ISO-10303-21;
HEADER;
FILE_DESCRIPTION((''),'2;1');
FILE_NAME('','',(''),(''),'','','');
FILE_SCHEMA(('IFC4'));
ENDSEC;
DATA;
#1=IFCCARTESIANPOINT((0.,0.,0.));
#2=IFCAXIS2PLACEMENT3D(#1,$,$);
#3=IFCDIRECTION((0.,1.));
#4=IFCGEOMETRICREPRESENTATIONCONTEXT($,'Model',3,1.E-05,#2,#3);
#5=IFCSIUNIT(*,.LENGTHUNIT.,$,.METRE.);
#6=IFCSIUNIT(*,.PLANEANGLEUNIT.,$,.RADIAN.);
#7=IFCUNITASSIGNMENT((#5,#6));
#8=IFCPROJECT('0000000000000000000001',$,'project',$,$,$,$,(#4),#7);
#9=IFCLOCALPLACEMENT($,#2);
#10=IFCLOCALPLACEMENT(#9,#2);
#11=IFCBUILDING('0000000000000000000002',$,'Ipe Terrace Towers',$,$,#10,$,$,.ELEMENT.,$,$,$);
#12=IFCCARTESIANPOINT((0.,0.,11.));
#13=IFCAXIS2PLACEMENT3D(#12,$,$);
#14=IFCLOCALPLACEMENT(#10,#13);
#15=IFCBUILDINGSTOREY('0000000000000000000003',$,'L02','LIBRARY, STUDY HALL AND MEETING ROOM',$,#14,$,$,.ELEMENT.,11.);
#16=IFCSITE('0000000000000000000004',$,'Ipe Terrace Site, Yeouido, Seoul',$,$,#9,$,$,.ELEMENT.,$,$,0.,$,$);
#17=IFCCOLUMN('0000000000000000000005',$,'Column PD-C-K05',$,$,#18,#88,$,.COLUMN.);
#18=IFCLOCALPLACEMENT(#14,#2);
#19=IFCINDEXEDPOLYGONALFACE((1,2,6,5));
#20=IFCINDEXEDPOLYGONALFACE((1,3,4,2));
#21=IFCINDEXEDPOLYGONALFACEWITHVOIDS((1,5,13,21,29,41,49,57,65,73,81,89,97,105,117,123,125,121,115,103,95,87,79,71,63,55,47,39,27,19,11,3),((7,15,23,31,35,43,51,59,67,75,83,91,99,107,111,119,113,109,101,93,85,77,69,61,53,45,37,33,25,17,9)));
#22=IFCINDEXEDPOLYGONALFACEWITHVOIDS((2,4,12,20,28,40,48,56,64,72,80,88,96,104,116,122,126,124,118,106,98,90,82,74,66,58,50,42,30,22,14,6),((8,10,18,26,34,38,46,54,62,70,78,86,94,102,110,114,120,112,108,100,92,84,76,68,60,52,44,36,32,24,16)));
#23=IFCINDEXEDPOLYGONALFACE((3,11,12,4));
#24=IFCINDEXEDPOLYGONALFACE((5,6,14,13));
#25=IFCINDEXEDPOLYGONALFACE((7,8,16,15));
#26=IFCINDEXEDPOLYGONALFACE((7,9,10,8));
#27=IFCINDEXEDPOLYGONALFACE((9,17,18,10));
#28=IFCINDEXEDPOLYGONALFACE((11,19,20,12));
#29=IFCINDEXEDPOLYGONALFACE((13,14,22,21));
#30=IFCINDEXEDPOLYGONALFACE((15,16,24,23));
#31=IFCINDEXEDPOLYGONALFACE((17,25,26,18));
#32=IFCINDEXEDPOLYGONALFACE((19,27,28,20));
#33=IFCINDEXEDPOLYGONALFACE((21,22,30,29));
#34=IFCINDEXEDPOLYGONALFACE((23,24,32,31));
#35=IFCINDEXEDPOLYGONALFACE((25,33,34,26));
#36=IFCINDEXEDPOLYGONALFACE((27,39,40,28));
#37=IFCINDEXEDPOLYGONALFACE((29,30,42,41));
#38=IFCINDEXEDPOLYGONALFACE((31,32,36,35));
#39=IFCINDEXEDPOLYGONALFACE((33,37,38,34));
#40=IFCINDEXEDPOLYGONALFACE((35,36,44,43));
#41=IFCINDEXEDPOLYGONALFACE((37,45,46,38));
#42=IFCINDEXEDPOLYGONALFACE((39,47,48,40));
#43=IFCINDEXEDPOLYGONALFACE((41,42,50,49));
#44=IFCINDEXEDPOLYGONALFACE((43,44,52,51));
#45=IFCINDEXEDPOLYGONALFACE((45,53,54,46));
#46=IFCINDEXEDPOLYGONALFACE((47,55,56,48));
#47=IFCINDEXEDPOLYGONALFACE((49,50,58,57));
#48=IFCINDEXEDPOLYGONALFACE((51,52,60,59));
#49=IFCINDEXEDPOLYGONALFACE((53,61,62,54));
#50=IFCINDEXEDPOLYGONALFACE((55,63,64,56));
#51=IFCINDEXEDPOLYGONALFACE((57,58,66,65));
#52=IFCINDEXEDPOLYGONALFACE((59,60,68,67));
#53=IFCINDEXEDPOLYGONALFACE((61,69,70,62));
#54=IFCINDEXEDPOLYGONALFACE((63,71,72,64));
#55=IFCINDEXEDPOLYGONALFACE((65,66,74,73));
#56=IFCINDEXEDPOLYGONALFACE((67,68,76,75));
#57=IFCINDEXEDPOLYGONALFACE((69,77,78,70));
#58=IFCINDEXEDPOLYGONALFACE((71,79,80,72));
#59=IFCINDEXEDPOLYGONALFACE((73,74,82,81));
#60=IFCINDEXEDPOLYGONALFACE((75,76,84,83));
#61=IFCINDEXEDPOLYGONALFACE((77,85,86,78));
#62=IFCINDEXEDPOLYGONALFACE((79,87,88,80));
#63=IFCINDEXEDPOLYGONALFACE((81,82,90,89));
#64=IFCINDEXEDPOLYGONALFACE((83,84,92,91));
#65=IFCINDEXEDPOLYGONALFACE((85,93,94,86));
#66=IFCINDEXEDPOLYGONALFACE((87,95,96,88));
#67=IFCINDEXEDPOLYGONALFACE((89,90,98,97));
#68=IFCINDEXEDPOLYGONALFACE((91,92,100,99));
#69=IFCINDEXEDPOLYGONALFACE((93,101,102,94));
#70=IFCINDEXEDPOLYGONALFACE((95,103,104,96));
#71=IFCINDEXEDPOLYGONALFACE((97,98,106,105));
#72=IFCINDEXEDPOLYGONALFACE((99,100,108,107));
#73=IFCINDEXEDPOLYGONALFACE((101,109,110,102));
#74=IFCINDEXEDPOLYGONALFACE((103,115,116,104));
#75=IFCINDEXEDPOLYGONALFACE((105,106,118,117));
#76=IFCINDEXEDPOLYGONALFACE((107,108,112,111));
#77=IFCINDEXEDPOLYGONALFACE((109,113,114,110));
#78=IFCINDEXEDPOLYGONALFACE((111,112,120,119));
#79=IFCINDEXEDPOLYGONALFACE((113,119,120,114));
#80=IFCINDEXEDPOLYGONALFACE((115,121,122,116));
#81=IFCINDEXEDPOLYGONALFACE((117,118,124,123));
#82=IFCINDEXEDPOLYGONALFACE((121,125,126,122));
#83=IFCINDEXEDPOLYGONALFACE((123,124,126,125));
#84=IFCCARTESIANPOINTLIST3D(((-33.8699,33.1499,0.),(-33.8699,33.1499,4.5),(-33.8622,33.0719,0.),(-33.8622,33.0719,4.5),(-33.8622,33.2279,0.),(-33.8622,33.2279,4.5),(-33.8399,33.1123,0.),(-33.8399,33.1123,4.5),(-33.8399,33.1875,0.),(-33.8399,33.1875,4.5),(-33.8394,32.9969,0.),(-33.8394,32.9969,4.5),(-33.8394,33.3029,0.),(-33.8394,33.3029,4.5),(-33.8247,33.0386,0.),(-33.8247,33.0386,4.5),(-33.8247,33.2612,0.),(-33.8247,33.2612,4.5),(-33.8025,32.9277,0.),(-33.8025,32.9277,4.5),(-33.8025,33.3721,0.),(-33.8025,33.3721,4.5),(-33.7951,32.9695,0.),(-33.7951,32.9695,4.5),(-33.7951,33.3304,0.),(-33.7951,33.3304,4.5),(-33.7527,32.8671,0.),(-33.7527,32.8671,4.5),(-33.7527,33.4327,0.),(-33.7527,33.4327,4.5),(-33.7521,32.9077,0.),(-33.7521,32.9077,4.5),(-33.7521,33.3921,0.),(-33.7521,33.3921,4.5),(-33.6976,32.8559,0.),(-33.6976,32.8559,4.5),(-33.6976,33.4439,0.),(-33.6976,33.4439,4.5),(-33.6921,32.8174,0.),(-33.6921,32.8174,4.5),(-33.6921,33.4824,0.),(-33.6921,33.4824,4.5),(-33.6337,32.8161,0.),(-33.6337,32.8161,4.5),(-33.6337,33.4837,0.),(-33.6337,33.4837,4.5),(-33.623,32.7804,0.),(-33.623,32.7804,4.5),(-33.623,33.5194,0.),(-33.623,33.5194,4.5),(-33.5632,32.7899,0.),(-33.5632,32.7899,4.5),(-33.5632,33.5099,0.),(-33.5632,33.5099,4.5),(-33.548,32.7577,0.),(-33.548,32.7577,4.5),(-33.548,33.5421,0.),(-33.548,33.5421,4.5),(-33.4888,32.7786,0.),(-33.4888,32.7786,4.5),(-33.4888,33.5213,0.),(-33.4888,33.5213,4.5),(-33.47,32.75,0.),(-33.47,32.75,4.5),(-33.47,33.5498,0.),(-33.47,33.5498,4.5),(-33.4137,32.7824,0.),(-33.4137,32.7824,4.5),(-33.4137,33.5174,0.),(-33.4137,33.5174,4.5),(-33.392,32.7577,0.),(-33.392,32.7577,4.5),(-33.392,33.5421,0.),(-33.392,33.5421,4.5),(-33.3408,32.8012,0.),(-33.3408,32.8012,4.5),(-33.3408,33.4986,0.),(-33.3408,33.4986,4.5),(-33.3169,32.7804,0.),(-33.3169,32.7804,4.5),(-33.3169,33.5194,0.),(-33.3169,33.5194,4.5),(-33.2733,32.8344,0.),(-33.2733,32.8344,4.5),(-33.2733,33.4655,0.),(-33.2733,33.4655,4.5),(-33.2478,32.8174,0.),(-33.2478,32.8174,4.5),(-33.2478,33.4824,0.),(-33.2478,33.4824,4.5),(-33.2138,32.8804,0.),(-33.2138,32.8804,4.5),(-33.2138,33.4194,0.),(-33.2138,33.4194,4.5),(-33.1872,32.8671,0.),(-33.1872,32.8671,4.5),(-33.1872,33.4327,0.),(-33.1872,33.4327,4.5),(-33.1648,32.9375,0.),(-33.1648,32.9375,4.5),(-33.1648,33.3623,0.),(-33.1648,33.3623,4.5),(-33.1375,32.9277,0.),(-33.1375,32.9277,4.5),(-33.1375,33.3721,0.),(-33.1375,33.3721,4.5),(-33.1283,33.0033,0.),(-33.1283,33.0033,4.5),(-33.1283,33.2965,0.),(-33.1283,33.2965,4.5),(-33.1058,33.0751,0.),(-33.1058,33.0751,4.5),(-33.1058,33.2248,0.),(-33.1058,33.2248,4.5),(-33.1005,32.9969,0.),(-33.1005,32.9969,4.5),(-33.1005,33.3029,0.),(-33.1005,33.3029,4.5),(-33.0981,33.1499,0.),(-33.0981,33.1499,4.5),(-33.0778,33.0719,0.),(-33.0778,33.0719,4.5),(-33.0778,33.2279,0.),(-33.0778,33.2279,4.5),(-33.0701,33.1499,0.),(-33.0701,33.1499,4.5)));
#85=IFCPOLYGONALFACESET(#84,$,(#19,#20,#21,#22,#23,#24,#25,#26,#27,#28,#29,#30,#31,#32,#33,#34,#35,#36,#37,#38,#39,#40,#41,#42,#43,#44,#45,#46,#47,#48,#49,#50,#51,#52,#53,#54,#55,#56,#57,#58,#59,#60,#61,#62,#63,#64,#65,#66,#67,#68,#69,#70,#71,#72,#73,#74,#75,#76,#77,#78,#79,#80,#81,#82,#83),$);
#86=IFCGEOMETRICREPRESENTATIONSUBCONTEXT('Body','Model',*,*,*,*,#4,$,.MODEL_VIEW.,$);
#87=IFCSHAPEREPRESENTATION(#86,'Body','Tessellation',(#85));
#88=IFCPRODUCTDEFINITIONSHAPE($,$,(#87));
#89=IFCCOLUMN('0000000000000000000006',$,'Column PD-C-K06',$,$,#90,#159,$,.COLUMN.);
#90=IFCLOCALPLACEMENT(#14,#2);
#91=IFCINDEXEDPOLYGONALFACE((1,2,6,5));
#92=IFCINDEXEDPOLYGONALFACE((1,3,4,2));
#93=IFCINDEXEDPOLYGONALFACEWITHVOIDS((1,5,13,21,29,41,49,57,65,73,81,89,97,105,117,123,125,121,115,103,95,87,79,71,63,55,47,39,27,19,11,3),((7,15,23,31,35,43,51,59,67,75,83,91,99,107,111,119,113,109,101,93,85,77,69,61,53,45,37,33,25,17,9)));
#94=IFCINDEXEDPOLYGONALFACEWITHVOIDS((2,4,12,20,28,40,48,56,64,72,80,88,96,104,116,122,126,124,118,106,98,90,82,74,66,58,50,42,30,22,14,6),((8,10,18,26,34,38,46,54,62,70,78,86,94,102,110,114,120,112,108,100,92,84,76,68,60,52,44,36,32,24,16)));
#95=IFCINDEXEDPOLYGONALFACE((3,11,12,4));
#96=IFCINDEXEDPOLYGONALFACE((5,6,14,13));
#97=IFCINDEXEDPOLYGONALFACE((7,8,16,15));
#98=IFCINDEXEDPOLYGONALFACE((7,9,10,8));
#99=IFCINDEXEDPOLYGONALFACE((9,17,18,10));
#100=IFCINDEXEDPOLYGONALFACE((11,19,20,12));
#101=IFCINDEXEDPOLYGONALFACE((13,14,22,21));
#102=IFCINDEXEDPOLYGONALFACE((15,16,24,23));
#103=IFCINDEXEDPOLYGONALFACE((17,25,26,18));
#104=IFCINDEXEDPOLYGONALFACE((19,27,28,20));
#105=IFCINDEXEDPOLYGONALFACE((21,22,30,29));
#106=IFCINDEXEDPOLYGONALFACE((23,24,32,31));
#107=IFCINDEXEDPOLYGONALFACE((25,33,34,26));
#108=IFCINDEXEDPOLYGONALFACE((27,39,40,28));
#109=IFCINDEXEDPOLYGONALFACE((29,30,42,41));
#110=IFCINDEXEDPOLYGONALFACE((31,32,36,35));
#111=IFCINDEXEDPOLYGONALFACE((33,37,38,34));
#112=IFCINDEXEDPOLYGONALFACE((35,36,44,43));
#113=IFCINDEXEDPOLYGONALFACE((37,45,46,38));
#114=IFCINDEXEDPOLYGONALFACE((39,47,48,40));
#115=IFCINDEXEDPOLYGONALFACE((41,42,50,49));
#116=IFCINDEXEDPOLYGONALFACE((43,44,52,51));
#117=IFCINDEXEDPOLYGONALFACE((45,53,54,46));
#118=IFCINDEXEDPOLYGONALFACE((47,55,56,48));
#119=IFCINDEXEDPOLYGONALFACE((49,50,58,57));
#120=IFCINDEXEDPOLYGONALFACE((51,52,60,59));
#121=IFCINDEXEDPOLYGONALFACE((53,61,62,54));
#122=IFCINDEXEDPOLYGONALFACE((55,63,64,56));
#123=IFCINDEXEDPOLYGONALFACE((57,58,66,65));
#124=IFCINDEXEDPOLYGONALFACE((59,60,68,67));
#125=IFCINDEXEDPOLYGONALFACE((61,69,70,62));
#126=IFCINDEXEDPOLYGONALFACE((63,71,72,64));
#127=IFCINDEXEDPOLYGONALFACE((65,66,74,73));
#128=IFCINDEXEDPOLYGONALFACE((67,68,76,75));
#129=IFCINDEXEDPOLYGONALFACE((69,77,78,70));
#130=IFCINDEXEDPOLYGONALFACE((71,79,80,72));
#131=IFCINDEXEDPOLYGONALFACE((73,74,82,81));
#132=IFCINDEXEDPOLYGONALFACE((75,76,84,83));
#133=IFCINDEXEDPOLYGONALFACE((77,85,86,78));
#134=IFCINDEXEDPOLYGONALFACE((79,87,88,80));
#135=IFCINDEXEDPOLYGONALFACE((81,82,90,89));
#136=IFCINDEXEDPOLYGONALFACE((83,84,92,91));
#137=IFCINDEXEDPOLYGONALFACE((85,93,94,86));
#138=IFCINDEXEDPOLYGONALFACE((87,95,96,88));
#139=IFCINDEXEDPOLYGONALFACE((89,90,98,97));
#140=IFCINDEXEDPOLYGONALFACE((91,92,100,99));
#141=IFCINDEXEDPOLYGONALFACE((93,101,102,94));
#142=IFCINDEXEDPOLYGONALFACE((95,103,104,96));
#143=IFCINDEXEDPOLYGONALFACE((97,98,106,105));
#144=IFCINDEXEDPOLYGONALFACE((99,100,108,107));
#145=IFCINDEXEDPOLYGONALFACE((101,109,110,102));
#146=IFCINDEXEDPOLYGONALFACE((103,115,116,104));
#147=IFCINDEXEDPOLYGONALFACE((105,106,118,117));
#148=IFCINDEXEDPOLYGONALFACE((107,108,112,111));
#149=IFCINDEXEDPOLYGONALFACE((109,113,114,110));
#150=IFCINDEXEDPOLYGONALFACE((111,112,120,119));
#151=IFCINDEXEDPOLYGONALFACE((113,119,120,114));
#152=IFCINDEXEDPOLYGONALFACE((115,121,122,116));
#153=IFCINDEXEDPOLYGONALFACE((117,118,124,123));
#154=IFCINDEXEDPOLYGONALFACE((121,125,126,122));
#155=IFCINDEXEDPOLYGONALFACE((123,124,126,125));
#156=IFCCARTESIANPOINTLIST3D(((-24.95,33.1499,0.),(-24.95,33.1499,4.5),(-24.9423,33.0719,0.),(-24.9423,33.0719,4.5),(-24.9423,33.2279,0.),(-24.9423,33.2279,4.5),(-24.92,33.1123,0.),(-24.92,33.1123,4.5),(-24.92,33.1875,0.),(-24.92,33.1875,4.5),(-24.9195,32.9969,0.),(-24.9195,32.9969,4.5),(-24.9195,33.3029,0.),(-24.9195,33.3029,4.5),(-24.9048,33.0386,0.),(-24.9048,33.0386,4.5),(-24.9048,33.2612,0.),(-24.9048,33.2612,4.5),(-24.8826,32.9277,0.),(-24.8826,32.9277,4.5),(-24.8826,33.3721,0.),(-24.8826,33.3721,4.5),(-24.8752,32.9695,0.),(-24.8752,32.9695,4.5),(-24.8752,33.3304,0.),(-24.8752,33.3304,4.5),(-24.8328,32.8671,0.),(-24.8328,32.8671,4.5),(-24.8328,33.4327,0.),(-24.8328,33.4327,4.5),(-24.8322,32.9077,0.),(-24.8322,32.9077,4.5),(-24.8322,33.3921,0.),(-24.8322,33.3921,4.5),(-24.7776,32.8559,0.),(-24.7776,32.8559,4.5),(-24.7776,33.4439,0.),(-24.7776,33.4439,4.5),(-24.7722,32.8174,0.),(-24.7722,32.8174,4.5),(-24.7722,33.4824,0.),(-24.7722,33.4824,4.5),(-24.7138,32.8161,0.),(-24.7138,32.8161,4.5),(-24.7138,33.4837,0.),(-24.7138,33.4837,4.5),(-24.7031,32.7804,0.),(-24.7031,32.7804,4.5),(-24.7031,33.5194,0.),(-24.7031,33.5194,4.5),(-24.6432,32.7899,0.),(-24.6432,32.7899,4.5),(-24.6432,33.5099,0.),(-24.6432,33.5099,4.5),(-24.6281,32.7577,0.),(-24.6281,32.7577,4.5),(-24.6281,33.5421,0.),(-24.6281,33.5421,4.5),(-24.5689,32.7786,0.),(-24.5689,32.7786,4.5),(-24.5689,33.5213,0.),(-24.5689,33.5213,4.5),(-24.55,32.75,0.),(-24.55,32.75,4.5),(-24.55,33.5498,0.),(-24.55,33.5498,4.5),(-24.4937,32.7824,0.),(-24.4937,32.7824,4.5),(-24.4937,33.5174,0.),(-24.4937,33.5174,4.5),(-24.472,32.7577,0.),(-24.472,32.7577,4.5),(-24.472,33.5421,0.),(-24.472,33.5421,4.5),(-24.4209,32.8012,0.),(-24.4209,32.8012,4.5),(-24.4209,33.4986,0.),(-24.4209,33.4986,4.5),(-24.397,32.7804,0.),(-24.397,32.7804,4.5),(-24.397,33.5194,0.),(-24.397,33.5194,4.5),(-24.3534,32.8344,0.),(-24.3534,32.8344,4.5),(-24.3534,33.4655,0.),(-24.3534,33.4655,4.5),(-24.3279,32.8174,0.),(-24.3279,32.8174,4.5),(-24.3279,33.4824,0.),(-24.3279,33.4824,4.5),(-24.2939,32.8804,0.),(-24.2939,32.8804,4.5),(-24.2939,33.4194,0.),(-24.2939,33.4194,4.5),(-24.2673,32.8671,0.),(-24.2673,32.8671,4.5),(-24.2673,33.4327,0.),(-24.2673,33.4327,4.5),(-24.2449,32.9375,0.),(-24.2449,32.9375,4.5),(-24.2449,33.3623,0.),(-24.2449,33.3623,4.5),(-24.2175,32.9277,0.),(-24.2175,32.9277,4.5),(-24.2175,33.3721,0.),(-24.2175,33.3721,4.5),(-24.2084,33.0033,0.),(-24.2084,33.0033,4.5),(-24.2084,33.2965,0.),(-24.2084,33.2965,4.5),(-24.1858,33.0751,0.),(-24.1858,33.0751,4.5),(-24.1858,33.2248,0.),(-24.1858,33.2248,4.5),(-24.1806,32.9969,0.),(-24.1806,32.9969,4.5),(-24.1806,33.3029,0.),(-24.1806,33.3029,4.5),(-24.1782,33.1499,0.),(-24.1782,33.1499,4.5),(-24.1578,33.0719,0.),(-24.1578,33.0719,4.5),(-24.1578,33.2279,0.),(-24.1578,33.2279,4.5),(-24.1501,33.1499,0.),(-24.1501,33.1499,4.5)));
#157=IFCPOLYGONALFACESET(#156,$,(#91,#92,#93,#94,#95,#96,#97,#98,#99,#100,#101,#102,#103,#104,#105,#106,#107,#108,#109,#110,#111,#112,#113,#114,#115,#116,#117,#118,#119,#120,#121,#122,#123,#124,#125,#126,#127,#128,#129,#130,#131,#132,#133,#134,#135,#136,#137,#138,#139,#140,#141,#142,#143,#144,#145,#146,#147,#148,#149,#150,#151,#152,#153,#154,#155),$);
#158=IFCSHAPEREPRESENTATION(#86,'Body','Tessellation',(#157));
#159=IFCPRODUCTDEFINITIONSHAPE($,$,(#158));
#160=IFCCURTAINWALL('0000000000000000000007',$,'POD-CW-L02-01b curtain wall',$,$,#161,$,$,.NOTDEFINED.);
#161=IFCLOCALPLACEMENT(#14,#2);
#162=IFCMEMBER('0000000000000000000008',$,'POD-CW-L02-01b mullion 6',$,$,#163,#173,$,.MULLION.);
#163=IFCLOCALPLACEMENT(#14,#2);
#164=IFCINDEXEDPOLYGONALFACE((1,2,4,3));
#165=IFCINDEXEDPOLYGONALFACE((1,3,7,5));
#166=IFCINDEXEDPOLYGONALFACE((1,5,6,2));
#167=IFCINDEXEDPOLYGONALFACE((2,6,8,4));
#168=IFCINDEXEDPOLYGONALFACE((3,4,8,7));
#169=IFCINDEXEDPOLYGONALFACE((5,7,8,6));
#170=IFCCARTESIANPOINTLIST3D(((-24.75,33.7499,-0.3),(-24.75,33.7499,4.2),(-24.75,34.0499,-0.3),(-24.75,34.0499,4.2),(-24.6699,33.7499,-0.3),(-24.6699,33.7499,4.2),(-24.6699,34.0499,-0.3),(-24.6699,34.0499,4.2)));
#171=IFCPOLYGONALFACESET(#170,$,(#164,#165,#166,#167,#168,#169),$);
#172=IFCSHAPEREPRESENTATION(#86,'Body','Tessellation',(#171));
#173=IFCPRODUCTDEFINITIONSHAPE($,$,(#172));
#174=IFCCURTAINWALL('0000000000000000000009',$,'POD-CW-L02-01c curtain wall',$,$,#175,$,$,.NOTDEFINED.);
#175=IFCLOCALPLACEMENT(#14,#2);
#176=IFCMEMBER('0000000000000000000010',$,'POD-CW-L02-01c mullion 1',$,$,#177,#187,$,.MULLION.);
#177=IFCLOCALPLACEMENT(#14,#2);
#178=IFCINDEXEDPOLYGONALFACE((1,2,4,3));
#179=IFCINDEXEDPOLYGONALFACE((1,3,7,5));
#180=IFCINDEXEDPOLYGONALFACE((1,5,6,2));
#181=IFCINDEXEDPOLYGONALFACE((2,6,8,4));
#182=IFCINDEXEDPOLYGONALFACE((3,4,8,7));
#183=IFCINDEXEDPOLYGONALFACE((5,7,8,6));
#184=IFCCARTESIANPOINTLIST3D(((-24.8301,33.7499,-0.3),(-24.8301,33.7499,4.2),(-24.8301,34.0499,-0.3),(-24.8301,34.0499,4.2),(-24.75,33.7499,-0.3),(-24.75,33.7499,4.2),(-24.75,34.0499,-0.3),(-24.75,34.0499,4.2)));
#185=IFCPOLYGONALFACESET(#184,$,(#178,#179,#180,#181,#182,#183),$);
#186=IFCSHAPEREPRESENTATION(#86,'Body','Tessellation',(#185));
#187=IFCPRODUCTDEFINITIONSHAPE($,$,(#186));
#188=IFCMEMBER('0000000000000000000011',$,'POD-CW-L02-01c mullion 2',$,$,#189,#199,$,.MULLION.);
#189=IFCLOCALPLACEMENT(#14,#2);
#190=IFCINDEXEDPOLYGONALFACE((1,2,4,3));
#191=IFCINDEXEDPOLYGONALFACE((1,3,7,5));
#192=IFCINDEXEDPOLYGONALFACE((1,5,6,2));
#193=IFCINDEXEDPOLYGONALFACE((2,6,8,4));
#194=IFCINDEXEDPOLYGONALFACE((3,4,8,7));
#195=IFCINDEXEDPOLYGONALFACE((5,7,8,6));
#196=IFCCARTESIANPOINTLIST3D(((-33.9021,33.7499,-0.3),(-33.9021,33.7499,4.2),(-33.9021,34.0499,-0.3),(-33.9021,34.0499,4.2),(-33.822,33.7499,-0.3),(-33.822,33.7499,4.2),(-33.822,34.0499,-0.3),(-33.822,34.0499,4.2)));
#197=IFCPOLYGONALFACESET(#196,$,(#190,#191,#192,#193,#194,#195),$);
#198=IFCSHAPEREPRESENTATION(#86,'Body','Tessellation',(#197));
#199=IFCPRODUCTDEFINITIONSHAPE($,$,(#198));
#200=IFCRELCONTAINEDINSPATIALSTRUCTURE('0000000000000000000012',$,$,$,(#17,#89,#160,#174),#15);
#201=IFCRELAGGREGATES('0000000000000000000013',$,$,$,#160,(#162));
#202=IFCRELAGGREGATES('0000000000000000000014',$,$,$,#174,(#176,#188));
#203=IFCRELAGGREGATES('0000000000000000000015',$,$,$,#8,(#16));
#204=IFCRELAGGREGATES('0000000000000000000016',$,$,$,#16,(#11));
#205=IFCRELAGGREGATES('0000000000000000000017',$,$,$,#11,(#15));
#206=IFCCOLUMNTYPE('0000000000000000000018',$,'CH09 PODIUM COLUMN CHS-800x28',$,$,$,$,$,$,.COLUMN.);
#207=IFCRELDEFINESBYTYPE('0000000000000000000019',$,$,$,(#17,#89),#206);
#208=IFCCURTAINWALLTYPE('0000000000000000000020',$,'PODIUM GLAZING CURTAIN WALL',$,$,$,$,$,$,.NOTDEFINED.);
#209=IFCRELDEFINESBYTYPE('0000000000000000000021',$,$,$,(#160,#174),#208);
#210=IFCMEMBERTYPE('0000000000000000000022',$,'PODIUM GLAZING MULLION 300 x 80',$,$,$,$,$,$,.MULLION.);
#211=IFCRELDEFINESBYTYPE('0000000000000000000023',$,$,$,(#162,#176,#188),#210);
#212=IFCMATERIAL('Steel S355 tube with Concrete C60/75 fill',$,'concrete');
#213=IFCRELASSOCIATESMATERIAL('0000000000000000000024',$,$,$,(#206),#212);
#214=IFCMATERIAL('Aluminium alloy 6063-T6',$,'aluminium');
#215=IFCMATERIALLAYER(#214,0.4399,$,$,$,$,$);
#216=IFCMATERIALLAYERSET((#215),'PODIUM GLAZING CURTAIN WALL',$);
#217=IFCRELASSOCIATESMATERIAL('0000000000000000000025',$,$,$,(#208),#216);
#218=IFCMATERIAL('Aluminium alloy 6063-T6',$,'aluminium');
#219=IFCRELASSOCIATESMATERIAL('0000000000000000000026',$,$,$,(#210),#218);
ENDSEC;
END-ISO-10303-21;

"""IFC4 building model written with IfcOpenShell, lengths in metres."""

from ifc_helpers import new_model, si_unit, direction, frame, origin, origin_2d, place, context, subcontext, project, spatial, rectangle, hollow_circle, extrude, material, layer, layer_set, material_profile, profile_set, type_object, element, aggregate, save


model = new_model("IFC4")

# Units and contexts
model_context = context("Model", 3, precision=1e-05, world=origin(), true_north=direction((0.0, 1.0)))
body_context = subcontext(model_context, "Body", "Model", "MODEL_VIEW")
ifc_project = project(units=[si_unit("LENGTHUNIT", "METRE"), si_unit("PLANEANGLEUNIT", "RADIAN")], contexts=[model_context])

# Site, building, storey
site_placement = place(None, origin())
site = spatial("IfcSite", under=ifc_project, at=site_placement, Name="Ipe Terrace Site, Yeouido, Seoul", CompositionType="ELEMENT", RefElevation=0.0)
building_placement = place(site_placement, origin())
building = spatial("IfcBuilding", under=site, at=building_placement, Name="Ipe Terrace Towers", CompositionType="ELEMENT")
storey_placement = place(building_placement, frame((0.0, 0.0, 11.0)))
storey = spatial("IfcBuildingStorey", under=building, at=storey_placement, Name="L02", Description="LIBRARY, STUDY HALL AND MEETING ROOM", CompositionType="ELEMENT", Elevation=11.0)

# Columns
ifc_material_1 = material(Name="Steel S355 tube with Concrete C60/75 fill", Category="concrete")
ifc_material_profile_1 = material_profile(ifc_material_1, hollow_circle(Radius=0.3999, WallThickness=0.0281, at=origin_2d()), Name="CHS-800x28")
ifc_profile_set_1 = profile_set([ifc_material_profile_1], Name="Steel S355 tube with Concrete C60/75 fill")
column_type = type_object("IfcColumnType", Name="CH09 PODIUM COLUMN CHS-800x28", PredefinedType="COLUMN", material=ifc_profile_set_1)
for number, where, z_axis, x_axis, name in (
    (1, (-33.47, 33.1499, 0.0), (0.0, 0.0, 1.0), (1.0, 0.0, 0.0), "Column PD-C-K05"),
    (2, (-24.55, 33.1499, 0.0), (0.0, 0.0, 1.0), (1.0, 0.0, 0.0), "Column PD-C-K06"),
):
    element("IfcColumn", number, at=place(storey_placement, frame(where, z_axis=z_axis, x_axis=x_axis)), inside=storey, type_object=column_type, Name=name, PredefinedType="COLUMN", context=body_context, shape_type="SweptSolid", body=[
        extrude(hollow_circle(Radius=0.3999, WallThickness=0.0281, at=origin_2d()), origin(), (0.0, 0.0, 1.0), 4.5),
    ])

# Curtain wall, member
ifc_material_2 = material(Name="Aluminium alloy 6063-T6", Category="aluminium")
ifc_layer_1 = layer(ifc_material_2, 0.4399)
ifc_layer_set_1 = layer_set([ifc_layer_1], Name="PODIUM GLAZING CURTAIN WALL")
curtain_wall_type = type_object("IfcCurtainWallType", Name="PODIUM GLAZING CURTAIN WALL", PredefinedType="NOTDEFINED", material=ifc_layer_set_1)
curtain_wall_1_placement = place(storey_placement, origin())
curtain_wall_1 = element("IfcCurtainWall", 3, at=curtain_wall_1_placement, inside=storey, type_object=curtain_wall_type, Name="POD-CW-L02-01b curtain wall", PredefinedType="NOTDEFINED")
ifc_material_3 = material(Name="Aluminium alloy 6063-T6", Category="aluminium")
ifc_material_profile_2 = material_profile(ifc_material_3, rectangle(XDim=0.3, YDim=0.0801, at=origin_2d()), Name="PODIUM GLAZING MULLION 300 x 80")
ifc_profile_set_2 = profile_set([ifc_material_profile_2], Name="Aluminium alloy 6063-T6")
member_type_1 = type_object("IfcMemberType", Name="PODIUM GLAZING MULLION 300 x 80", PredefinedType="MULLION", material=ifc_profile_set_2)
member_1_placement = place(storey_placement, frame((-24.71, 33.8999, -0.3), z_axis=(0.0, 0.0, 1.0), x_axis=(0.0, 1.0, 0.0)))
member_1 = element("IfcMember", 4, at=member_1_placement, type_object=member_type_1, Name="POD-CW-L02-01b mullion 6", PredefinedType="MULLION", context=body_context, shape_type="SweptSolid", body=[
    extrude(rectangle(XDim=0.3, YDim=0.0801, at=origin_2d()), origin(), (0.0, 0.0, 1.0), 4.5),
])
aggregate(curtain_wall_1, [member_1])

# Curtain wall, members
curtain_wall_2_placement = place(storey_placement, origin())
curtain_wall_2 = element("IfcCurtainWall", 5, at=curtain_wall_2_placement, inside=storey, type_object=curtain_wall_type, Name="POD-CW-L02-01c curtain wall", PredefinedType="NOTDEFINED")
member_2_placement = place(storey_placement, frame((-24.79, 33.8999, -0.3), z_axis=(0.0, 0.0, 1.0), x_axis=(0.0, 1.0, 0.0)))
member_2 = element("IfcMember", 6, at=member_2_placement, type_object=member_type_1, Name="POD-CW-L02-01c mullion 1", PredefinedType="MULLION", context=body_context, shape_type="SweptSolid", body=[
    extrude(rectangle(XDim=0.3, YDim=0.0801, at=origin_2d()), origin(), (0.0, 0.0, 1.0), 4.5),
])
member_3_placement = place(storey_placement, frame((-33.8621, 33.8999, -0.3), z_axis=(0.0, 0.0, 1.0), x_axis=(0.0, 1.0, 0.0)))
member_3 = element("IfcMember", 7, at=member_3_placement, type_object=member_type_1, Name="POD-CW-L02-01c mullion 2", PredefinedType="MULLION", context=body_context, shape_type="SweptSolid", body=[
    extrude(rectangle(XDim=0.3, YDim=0.0801, at=origin_2d()), origin(), (0.0, 0.0, 1.0), 4.5),
])
aggregate(curtain_wall_2, [member_2, member_3])

save(model, "model.ifc")
